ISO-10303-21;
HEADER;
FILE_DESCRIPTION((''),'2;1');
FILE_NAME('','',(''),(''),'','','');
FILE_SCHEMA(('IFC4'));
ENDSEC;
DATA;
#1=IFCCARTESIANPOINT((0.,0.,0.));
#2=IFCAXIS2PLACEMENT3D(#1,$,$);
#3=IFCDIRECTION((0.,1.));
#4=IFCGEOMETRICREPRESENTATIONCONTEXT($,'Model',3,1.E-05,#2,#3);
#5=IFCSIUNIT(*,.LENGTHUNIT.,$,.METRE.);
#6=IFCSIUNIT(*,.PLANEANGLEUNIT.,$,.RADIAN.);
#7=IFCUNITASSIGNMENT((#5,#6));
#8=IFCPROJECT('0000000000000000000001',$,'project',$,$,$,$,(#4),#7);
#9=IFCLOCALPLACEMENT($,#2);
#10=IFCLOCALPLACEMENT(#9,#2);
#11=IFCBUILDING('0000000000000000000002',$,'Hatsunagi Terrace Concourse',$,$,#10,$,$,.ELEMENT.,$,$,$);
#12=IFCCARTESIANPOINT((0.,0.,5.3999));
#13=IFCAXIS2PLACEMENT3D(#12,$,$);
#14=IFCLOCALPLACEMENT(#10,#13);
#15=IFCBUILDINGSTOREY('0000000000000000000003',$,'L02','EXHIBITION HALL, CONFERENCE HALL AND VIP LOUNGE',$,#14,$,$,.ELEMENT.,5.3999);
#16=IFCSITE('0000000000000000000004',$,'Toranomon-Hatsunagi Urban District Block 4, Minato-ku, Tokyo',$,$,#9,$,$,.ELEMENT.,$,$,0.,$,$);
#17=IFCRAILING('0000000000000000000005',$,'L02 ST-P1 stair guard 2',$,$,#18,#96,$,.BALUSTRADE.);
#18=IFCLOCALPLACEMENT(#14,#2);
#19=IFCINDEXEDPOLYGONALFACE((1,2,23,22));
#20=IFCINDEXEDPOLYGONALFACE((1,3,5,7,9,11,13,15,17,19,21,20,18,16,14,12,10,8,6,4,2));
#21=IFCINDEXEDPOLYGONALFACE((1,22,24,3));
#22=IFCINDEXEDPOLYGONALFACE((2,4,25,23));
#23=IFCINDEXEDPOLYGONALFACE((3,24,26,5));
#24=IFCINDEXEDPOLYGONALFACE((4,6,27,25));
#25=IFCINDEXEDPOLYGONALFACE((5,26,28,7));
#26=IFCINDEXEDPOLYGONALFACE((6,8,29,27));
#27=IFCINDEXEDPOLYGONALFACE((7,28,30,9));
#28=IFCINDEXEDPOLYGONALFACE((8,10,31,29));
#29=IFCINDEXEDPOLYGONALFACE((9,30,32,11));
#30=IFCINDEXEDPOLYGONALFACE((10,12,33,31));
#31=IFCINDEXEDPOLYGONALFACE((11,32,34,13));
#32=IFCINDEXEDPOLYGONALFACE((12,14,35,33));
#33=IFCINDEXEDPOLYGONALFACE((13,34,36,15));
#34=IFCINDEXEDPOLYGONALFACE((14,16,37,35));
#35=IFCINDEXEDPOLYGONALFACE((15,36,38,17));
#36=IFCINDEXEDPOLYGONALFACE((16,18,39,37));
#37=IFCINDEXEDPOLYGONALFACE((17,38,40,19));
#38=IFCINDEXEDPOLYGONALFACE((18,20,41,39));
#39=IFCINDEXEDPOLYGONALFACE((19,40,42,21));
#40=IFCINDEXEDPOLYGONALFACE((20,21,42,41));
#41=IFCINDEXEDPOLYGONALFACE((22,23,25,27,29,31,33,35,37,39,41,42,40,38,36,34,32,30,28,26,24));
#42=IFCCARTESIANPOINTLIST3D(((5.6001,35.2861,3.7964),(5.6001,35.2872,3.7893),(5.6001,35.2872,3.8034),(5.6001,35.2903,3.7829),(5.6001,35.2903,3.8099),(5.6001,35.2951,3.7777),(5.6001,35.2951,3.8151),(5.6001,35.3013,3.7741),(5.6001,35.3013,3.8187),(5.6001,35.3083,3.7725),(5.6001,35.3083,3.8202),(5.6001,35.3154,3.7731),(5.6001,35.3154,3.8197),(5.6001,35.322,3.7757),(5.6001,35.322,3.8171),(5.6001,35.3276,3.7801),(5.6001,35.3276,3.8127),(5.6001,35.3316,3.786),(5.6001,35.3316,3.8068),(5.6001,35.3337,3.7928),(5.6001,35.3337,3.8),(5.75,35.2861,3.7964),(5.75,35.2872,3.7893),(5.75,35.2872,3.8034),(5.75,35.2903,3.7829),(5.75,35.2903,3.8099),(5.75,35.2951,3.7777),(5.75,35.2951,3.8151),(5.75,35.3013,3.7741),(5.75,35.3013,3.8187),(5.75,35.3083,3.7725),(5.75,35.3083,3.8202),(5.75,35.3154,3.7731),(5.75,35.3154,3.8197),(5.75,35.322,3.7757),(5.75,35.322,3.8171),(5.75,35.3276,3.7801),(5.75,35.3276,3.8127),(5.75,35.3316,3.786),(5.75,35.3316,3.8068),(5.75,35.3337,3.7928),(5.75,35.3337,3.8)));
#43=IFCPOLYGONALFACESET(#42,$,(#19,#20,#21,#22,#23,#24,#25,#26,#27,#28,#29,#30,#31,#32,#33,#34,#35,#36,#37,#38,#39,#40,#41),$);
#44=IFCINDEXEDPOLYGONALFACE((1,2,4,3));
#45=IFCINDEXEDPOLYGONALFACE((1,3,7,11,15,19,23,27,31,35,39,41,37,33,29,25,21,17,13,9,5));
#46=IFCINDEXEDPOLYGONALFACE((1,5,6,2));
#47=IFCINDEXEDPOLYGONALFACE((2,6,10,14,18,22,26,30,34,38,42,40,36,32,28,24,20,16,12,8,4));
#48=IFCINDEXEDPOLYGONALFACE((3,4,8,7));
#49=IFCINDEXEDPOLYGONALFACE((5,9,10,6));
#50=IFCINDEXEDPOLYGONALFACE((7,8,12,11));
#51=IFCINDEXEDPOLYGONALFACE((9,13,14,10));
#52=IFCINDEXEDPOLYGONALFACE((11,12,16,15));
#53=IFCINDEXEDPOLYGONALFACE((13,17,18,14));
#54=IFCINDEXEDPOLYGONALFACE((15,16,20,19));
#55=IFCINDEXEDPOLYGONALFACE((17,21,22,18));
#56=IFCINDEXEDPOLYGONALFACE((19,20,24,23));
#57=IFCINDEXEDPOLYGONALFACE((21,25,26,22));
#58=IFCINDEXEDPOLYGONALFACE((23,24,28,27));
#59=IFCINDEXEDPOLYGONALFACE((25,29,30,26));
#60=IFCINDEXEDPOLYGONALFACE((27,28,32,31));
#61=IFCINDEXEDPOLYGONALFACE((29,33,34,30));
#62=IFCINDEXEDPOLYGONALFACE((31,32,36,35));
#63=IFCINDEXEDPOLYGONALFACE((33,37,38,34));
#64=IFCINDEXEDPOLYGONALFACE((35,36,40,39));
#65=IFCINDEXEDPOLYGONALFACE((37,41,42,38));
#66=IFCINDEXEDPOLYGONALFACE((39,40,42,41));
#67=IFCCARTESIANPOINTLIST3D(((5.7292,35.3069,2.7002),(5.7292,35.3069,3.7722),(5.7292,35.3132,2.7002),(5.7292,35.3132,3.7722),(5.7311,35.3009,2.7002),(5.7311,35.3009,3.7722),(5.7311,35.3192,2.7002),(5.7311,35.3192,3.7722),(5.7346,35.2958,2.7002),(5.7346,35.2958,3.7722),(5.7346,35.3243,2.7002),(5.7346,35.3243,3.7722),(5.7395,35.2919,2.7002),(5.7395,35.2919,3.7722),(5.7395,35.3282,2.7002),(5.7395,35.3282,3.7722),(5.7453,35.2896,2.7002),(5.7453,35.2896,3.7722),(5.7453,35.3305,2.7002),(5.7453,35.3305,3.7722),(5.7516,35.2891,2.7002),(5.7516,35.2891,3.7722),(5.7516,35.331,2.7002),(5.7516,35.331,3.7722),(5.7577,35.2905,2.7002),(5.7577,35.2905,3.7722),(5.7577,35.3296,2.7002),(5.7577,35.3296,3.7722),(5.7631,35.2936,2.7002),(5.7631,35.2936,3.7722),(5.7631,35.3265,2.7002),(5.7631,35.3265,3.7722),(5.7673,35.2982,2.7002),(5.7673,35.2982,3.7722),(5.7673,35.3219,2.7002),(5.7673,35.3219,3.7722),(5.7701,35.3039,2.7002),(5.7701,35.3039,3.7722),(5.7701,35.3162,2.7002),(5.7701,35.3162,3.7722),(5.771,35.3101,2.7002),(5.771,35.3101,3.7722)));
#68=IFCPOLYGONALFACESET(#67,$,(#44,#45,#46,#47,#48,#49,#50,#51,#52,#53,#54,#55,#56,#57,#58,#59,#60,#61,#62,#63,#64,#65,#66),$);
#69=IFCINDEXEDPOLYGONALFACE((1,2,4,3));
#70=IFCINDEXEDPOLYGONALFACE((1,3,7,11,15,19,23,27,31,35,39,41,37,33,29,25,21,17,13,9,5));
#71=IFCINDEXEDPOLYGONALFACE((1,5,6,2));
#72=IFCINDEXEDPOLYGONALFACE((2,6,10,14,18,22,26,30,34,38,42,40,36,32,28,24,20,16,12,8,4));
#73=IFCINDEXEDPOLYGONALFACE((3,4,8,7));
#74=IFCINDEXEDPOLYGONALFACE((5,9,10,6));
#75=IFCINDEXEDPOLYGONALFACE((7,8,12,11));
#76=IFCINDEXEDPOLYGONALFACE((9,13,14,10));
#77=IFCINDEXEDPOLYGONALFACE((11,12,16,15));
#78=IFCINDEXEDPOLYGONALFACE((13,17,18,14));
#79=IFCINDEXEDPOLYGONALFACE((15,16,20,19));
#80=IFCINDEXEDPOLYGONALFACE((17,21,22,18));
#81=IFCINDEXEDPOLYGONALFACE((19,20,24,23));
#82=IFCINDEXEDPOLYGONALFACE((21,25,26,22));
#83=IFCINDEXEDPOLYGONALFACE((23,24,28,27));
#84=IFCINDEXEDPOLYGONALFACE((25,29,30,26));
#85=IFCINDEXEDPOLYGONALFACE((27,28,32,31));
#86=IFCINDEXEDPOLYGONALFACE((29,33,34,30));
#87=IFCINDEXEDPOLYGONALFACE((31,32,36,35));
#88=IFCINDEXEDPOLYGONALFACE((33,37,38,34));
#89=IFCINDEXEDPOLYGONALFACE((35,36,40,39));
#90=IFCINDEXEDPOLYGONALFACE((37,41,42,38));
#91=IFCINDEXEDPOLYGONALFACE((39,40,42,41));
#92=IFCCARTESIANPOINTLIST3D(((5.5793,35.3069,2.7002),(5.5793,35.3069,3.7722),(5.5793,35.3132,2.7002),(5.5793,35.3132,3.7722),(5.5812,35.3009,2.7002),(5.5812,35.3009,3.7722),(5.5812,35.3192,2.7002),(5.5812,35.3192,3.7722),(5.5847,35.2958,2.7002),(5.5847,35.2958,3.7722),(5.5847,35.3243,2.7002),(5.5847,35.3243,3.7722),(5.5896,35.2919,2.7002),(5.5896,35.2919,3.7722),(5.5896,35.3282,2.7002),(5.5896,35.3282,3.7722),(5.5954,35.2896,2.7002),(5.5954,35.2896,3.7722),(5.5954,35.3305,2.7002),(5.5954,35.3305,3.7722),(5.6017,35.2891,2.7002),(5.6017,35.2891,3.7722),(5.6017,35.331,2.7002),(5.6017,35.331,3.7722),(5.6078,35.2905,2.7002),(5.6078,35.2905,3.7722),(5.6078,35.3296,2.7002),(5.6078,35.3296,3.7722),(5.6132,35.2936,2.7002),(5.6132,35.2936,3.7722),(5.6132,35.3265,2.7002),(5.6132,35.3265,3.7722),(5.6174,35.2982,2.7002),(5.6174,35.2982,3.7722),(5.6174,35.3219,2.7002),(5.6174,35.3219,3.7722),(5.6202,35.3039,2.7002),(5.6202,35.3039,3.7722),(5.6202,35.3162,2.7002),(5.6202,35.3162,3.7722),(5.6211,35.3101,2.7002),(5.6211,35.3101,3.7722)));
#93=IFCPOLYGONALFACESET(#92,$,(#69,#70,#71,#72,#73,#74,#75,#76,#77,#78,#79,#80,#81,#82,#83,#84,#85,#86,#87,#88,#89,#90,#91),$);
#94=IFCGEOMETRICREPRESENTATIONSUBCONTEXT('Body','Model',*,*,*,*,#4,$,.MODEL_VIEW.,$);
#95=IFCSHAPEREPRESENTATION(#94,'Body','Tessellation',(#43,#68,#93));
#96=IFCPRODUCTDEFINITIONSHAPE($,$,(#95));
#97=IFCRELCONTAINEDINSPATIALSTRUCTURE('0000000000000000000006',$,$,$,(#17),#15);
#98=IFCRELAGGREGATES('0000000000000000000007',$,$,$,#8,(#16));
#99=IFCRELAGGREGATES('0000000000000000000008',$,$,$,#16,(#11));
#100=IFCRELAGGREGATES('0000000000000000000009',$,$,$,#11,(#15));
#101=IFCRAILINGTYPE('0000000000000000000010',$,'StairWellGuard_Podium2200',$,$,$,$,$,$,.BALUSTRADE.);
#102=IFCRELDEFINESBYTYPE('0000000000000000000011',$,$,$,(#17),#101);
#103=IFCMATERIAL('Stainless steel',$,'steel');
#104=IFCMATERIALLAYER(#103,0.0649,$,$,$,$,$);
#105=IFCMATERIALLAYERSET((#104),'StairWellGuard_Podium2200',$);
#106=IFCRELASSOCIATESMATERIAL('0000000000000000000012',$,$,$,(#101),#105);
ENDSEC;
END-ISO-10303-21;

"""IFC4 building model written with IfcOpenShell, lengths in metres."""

from ifc_helpers import new_model, si_unit, direction, frame, origin, origin_2d, place, context, subcontext, project, spatial, circle, extrude, material, layer, layer_set, type_object, element, save


model = new_model("IFC4")

# Units and contexts
model_context = context("Model", 3, precision=1e-05, world=origin(), true_north=direction((0.0, 1.0)))
body_context = subcontext(model_context, "Body", "Model", "MODEL_VIEW")
ifc_project = project(units=[si_unit("LENGTHUNIT", "METRE"), si_unit("PLANEANGLEUNIT", "RADIAN")], contexts=[model_context])

# Site, building, storey
site_placement = place(None, origin())
site = spatial("IfcSite", under=ifc_project, at=site_placement, Name="Toranomon-Hatsunagi Urban District Block 4, Minato-ku, Tokyo", CompositionType="ELEMENT", RefElevation=0.0)
building_placement = place(site_placement, origin())
building = spatial("IfcBuilding", under=site, at=building_placement, Name="Hatsunagi Terrace Concourse", CompositionType="ELEMENT")
storey_placement = place(building_placement, frame((0.0, 0.0, 5.3999)))
storey = spatial("IfcBuildingStorey", under=building, at=storey_placement, Name="L02", Description="EXHIBITION HALL, CONFERENCE HALL AND VIP LOUNGE", CompositionType="ELEMENT", Elevation=5.3999)

# Railing
ifc_material_1 = material(Name="Stainless steel", Category="steel")
ifc_layer_1 = layer(ifc_material_1, 0.0649)
ifc_layer_set_1 = layer_set([ifc_layer_1], Name="StairWellGuard_Podium2200")
railing_type_1 = type_object("IfcRailingType", Name="StairWellGuard_Podium2200", PredefinedType="BALUSTRADE", material=ifc_layer_set_1)
railing_1_placement = place(storey_placement, frame((5.75, 35.3101, 2.7002)))
element("IfcRailing", 1, at=railing_1_placement, inside=storey, type_object=railing_type_1, Name="L02 ST-P1 stair guard 2", PredefinedType="BALUSTRADE", context=body_context, shape_type="SweptSolid", body=[
    extrude(circle(Radius=0.0239, at=origin_2d()), frame((0.0, 0.0, 1.0962), z_axis=(-1.0, 0.0, 0.0), x_axis=(0.0, -1.0, 0.0)), (0.0, 0.0, 1.0), 0.1499),
    extrude(circle(Radius=0.021, at=origin_2d()), origin(), (0.0, 0.0, 1.0), 1.072),
    extrude(circle(Radius=0.021, at=origin_2d()), frame((-0.1499, 0.0, 0.0)), (0.0, 0.0, 1.0), 1.072),
])

save(model, "model.ifc")
